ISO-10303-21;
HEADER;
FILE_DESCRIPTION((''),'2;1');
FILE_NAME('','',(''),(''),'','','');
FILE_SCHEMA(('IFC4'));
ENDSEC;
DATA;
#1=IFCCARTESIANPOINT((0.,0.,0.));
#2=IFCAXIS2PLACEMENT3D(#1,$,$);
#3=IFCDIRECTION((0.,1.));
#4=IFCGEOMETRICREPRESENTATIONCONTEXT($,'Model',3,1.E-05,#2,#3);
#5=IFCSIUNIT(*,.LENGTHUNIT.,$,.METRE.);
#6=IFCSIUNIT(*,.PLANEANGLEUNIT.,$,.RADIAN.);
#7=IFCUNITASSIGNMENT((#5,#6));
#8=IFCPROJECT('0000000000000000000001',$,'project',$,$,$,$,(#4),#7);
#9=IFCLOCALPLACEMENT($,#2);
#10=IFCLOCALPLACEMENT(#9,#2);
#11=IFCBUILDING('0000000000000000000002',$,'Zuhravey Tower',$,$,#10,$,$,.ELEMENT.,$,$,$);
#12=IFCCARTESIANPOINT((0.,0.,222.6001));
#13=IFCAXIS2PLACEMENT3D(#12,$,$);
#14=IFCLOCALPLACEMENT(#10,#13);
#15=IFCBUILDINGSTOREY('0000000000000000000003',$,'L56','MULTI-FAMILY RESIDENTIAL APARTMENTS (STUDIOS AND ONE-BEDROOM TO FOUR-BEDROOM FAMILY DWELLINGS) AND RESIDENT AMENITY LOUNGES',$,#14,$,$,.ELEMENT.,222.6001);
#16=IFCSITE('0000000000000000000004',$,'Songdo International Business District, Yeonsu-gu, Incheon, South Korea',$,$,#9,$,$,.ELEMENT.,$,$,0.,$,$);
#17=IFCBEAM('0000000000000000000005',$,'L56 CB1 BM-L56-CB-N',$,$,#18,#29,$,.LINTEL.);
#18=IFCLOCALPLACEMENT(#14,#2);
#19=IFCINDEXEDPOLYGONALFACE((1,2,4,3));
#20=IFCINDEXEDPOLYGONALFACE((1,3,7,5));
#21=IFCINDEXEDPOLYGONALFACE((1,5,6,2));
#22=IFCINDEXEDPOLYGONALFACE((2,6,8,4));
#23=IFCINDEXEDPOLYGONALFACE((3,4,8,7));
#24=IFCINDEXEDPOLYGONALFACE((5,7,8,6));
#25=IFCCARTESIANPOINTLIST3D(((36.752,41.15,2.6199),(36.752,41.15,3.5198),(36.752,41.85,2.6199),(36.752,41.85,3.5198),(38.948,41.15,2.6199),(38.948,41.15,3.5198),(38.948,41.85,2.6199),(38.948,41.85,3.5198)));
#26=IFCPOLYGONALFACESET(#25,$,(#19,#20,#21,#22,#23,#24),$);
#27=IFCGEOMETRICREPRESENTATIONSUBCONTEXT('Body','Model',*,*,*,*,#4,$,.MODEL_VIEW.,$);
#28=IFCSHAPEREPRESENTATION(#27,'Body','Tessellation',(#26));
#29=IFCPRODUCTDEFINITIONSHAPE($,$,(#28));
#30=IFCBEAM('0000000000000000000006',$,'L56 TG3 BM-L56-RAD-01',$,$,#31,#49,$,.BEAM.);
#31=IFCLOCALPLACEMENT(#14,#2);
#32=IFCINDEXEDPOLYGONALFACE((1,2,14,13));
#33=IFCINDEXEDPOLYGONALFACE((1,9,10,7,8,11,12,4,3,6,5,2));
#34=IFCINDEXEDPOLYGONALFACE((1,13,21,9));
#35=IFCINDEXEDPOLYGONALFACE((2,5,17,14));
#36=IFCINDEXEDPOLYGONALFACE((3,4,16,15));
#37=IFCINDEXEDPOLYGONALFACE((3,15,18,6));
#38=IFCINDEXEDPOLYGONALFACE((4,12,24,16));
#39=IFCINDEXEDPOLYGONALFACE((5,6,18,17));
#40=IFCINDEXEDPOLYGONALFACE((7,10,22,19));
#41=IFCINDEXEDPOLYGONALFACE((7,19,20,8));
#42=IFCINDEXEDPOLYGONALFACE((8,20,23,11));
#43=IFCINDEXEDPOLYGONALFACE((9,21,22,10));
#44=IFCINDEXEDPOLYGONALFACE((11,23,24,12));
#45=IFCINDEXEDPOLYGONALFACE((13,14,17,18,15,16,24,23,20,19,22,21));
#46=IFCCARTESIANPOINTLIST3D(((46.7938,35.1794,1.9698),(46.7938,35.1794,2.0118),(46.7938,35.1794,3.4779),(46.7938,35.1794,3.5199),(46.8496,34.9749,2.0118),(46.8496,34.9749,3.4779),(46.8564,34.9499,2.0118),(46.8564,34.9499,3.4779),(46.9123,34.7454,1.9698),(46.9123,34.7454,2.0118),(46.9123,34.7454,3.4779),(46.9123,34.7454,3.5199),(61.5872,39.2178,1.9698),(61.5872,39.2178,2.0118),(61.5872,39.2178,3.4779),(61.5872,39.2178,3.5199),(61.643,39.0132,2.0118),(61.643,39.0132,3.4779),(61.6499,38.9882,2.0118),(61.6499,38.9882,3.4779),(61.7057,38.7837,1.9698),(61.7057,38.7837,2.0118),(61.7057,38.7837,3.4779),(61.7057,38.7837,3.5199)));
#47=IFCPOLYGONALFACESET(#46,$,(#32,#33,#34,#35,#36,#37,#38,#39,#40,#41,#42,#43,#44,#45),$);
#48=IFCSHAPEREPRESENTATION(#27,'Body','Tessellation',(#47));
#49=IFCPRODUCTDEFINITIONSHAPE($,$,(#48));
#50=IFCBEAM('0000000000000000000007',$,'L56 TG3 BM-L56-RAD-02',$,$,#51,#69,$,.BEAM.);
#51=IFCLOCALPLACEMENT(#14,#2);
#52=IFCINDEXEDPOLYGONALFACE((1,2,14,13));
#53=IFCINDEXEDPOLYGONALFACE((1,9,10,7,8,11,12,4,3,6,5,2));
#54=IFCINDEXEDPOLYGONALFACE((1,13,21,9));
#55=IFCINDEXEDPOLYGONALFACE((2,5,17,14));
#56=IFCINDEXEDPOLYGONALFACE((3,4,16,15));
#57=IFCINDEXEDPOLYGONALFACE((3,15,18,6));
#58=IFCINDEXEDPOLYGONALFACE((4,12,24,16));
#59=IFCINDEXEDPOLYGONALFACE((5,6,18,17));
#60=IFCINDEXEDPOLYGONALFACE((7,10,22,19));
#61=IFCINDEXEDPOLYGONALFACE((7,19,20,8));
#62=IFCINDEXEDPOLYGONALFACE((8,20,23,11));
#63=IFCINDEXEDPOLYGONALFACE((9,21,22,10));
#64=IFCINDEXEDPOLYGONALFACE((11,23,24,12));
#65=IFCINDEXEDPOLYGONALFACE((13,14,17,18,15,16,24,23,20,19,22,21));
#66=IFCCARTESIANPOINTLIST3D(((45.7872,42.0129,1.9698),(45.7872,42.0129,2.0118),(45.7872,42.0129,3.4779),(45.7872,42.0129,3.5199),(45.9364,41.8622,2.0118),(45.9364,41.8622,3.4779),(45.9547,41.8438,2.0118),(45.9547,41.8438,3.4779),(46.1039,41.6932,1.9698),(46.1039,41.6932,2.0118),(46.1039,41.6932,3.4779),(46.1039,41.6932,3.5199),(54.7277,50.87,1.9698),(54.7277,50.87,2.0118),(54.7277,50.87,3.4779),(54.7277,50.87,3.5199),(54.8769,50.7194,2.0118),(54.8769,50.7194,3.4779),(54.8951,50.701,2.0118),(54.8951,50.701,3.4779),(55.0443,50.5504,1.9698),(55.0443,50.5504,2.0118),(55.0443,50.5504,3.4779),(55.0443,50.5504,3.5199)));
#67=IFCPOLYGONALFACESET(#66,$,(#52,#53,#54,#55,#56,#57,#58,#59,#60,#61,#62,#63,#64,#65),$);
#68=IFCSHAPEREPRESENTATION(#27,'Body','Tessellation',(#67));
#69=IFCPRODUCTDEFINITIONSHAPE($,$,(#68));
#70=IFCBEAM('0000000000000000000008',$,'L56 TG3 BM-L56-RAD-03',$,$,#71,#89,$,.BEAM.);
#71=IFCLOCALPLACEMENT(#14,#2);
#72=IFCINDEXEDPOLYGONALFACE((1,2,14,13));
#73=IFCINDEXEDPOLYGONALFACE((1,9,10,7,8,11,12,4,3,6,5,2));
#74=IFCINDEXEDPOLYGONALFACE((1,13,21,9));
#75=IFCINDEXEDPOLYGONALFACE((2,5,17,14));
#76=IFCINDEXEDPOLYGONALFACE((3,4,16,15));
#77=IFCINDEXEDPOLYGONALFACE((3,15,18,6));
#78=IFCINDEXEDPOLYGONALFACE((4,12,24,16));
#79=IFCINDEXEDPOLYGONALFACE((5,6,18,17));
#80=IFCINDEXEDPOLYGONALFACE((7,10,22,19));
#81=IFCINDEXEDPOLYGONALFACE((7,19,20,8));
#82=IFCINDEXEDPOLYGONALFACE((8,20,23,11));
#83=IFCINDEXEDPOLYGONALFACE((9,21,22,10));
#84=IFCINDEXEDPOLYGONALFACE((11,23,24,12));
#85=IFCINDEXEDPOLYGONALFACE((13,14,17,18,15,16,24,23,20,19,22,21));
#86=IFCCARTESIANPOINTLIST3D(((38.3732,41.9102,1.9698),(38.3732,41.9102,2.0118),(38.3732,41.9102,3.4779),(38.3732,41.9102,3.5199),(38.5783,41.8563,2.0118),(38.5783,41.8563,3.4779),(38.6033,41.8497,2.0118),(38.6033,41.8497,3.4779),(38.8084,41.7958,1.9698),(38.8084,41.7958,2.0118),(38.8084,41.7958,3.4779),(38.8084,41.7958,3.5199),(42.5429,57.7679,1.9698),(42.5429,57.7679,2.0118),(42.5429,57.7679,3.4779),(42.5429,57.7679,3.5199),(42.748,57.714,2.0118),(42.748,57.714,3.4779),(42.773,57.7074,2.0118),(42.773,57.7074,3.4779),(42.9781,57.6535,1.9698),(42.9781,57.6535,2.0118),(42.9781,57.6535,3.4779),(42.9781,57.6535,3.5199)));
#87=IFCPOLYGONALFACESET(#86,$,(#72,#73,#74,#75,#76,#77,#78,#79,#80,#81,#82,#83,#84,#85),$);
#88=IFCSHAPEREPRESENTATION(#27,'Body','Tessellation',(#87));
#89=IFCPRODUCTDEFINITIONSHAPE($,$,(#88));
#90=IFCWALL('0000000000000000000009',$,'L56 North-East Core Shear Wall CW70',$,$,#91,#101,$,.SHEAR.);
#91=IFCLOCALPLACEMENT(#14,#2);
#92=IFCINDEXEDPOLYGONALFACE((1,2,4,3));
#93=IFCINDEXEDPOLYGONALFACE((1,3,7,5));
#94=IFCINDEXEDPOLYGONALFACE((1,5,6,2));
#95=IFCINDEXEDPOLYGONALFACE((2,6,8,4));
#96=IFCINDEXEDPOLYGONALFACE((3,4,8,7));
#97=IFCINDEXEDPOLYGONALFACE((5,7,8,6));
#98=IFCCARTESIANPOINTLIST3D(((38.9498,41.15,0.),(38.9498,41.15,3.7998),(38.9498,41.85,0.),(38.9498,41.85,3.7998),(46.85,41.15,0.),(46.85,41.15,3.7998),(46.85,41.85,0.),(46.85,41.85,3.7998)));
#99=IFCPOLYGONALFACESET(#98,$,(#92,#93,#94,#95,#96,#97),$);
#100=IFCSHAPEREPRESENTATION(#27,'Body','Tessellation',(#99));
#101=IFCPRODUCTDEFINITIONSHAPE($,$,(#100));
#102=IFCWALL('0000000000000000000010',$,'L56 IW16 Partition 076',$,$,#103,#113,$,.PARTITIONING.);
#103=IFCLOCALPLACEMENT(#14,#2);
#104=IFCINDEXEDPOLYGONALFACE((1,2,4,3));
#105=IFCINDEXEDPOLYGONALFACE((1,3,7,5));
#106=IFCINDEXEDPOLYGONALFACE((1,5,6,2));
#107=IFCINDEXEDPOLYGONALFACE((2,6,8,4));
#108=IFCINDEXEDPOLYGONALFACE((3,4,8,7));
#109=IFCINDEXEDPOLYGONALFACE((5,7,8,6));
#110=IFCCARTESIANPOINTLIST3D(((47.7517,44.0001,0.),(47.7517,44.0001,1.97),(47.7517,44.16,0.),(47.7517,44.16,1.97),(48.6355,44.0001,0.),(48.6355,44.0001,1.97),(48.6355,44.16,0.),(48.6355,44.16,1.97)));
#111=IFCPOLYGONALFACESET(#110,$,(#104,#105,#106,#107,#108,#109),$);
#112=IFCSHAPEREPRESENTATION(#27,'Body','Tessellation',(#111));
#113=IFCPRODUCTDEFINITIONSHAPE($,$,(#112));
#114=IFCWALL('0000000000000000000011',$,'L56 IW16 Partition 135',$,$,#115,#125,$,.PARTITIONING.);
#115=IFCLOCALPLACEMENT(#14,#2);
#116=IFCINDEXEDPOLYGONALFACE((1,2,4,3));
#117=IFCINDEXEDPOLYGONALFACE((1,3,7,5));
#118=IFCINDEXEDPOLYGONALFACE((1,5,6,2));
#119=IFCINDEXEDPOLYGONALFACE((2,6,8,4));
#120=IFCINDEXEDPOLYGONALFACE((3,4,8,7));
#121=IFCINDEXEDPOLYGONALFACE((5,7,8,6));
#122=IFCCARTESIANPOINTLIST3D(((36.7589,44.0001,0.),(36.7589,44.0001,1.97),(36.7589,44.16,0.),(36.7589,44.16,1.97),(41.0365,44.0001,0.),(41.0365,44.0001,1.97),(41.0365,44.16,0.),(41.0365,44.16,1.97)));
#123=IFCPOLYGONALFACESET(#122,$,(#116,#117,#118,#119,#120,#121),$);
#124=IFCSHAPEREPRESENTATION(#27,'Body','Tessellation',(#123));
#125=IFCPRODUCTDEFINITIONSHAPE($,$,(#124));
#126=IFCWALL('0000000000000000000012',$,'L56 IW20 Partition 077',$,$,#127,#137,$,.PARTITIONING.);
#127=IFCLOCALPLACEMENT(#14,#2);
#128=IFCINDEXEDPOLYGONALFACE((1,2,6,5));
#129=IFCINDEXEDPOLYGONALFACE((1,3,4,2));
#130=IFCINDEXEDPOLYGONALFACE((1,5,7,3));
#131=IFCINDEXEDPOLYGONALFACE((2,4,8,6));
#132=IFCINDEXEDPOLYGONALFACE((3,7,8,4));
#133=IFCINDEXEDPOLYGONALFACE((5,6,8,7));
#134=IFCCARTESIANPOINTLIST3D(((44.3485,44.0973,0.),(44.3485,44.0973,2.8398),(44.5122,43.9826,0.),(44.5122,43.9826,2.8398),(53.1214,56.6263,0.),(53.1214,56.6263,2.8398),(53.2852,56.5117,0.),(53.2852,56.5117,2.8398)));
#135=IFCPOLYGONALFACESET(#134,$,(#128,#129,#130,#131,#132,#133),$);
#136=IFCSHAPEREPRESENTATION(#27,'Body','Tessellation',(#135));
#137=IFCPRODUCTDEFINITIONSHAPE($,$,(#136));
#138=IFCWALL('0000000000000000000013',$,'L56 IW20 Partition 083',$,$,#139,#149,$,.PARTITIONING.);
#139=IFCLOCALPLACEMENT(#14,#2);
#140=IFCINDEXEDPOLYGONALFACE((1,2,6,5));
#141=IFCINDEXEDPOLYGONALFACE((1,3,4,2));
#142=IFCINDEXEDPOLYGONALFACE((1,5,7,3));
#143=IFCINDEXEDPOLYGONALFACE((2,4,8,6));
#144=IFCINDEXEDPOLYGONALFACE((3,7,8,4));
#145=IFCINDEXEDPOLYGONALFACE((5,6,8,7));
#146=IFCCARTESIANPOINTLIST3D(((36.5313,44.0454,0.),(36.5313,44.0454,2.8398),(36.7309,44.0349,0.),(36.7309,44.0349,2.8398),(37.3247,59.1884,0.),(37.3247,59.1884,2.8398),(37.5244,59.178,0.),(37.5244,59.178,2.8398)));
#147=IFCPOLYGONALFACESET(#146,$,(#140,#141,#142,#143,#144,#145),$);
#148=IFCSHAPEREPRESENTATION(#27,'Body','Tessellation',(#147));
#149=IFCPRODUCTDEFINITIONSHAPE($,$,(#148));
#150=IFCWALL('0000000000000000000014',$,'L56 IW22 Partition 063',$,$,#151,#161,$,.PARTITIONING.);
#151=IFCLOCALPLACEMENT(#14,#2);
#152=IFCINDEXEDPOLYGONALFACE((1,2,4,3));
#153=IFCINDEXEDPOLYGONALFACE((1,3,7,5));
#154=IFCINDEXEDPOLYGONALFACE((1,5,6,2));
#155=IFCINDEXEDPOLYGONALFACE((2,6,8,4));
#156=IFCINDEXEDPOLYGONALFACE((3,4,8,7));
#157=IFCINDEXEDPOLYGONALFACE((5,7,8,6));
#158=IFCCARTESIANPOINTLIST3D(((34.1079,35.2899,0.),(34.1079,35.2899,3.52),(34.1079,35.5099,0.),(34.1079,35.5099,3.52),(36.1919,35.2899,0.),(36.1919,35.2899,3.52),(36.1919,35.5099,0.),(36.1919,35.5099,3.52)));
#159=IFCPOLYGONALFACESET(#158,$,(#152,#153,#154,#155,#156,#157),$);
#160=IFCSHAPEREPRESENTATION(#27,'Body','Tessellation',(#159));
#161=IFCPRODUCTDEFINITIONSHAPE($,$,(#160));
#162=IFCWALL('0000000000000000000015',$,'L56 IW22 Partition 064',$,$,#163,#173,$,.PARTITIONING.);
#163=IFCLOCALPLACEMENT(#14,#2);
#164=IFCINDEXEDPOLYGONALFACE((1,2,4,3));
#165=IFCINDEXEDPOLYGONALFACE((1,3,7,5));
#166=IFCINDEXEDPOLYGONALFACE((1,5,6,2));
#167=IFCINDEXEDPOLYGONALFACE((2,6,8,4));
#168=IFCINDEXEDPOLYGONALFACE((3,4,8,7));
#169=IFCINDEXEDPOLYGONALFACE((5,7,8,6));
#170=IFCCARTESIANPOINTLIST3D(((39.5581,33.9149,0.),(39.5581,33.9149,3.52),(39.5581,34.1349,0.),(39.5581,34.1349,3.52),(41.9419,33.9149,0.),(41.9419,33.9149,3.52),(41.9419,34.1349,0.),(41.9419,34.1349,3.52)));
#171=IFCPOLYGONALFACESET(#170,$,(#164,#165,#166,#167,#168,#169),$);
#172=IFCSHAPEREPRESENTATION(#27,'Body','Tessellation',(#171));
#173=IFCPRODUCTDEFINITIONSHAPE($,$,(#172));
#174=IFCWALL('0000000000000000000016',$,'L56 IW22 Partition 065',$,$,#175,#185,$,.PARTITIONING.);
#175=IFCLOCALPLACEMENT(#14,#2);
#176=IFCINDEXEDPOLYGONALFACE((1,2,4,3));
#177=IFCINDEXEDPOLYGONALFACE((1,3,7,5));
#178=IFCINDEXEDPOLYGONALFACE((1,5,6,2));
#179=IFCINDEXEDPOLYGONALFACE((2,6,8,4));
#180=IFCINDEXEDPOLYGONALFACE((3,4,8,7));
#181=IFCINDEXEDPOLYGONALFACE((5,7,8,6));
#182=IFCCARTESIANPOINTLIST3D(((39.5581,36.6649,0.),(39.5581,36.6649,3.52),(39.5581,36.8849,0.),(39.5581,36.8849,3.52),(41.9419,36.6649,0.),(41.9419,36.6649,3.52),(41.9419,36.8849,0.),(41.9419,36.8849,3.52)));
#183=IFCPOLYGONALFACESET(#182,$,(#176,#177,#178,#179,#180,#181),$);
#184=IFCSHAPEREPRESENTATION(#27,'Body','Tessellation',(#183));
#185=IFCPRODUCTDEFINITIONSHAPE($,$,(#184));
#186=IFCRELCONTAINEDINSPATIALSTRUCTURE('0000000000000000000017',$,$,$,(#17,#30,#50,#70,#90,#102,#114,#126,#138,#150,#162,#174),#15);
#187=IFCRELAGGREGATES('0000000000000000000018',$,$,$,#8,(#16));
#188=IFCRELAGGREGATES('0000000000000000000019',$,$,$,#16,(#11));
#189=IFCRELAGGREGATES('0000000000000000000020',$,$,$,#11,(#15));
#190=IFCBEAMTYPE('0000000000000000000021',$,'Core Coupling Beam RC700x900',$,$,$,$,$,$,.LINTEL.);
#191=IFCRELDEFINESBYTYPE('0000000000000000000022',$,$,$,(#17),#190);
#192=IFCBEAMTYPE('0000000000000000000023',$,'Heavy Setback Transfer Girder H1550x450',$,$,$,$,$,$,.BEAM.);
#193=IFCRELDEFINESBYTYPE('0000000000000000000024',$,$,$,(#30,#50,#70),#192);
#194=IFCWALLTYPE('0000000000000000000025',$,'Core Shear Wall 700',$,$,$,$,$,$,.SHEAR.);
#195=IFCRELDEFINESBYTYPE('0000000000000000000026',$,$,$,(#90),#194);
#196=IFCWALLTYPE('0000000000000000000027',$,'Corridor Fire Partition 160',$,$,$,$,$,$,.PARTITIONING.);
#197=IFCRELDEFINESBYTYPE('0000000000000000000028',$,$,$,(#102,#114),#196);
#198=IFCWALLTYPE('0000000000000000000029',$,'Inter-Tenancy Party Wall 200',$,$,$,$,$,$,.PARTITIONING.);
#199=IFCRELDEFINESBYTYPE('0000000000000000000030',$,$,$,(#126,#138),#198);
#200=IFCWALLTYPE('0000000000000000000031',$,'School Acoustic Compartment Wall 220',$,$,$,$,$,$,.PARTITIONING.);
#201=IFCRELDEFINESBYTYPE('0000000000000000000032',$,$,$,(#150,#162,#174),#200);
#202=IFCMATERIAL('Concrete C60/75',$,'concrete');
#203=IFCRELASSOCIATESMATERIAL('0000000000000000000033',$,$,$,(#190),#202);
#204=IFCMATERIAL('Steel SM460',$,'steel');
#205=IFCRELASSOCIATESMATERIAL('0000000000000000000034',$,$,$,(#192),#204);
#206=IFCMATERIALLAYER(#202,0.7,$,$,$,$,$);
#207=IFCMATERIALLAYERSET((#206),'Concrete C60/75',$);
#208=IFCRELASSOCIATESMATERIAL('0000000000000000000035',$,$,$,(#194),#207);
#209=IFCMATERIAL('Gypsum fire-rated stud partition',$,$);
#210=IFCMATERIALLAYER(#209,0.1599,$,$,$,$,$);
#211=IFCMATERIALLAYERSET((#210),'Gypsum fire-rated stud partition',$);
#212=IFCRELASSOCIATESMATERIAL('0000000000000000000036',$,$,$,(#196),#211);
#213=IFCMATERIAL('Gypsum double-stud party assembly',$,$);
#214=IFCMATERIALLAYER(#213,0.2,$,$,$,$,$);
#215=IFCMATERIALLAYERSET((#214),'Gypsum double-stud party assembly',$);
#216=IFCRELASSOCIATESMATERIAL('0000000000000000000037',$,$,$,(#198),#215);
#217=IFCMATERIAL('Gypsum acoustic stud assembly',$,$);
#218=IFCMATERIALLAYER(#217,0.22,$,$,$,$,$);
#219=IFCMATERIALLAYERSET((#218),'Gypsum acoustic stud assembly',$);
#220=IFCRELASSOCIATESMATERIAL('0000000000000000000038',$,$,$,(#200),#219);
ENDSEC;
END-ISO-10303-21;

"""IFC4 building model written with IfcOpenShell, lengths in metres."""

from ifc_helpers import new_model, si_unit, direction, frame, frame_2d, origin, origin_2d, place, context, subcontext, project, spatial, rectangle, i_section, extrude, material, layer, layer_set, material_profile, profile_set, type_object, element, save


model = new_model("IFC4")

# Units and contexts
model_context = context("Model", 3, precision=1e-05, world=origin(), true_north=direction((0.0, 1.0)))
body_context = subcontext(model_context, "Body", "Model", "MODEL_VIEW")
ifc_project = project(units=[si_unit("LENGTHUNIT", "METRE"), si_unit("PLANEANGLEUNIT", "RADIAN")], contexts=[model_context])

# Site, building, storey
site_placement = place(None, origin())
site = spatial("IfcSite", under=ifc_project, at=site_placement, Name="Songdo International Business District, Yeonsu-gu, Incheon, South Korea", CompositionType="ELEMENT", RefElevation=0.0)
building_placement = place(site_placement, origin())
building = spatial("IfcBuilding", under=site, at=building_placement, Name="Zuhravey Tower", CompositionType="ELEMENT")
storey_placement = place(building_placement, frame((0.0, 0.0, 222.6001)))
storey = spatial("IfcBuildingStorey", under=building, at=storey_placement, Name="L56", Description="MULTI-FAMILY RESIDENTIAL APARTMENTS (STUDIOS AND ONE-BEDROOM TO FOUR-BEDROOM FAMILY DWELLINGS) AND RESIDENT AMENITY LOUNGES", CompositionType="ELEMENT", Elevation=222.6001)

# Beams
ifc_material_1 = material(Name="Concrete C60/75", Category="concrete")
ifc_material_profile_1 = material_profile(ifc_material_1, rectangle(XDim=0.7, YDim=0.8999, at=origin_2d()), Name="RC-700x900")
ifc_profile_set_1 = profile_set([ifc_material_profile_1], Name="Concrete C60/75")
beam_type_1 = type_object("IfcBeamType", Name="Core Coupling Beam RC700x900", PredefinedType="LINTEL", material=ifc_profile_set_1)
beam_1_placement = place(storey_placement, frame((36.752, 41.5, 3.0698), z_axis=(1.0, 0.0, 0.0), x_axis=(0.0, 1.0, 0.0)))
element("IfcBeam", 1, at=beam_1_placement, inside=storey, type_object=beam_type_1, Name="L56 CB1 BM-L56-CB-N", PredefinedType="LINTEL", context=body_context, shape_type="SweptSolid", body=[
    extrude(rectangle(XDim=0.7, YDim=0.8999, at=origin_2d()), origin(), (0.0, 0.0, 1.0), 2.196),
])
ifc_material_2 = material(Name="Steel SM460", Category="steel")
ifc_material_profile_2 = material_profile(ifc_material_2, i_section(OverallWidth=0.45, OverallDepth=1.55, WebThickness=0.0259, FlangeThickness=0.042, at=origin_2d()), Name="H-1550x450x26x42")
ifc_profile_set_2 = profile_set([ifc_material_profile_2], Name="Steel SM460")
beam_type_2 = type_object("IfcBeamType", Name="Heavy Setback Transfer Girder H1550x450", PredefinedType="BEAM", material=ifc_profile_set_2)
beam_2_placement = place(storey_placement, frame((46.853, 34.9624, 2.7449), z_axis=(0.964702, 0.263345, 0.0), x_axis=(-0.263345, 0.964702, 0.0)))
element("IfcBeam", 2, at=beam_2_placement, inside=storey, type_object=beam_type_2, Name="L56 TG3 BM-L56-RAD-01", PredefinedType="BEAM", context=body_context, shape_type="SweptSolid", body=[
    extrude(i_section(OverallWidth=0.45, OverallDepth=1.55, WebThickness=0.0259, FlangeThickness=0.042, at=origin_2d()), origin(), (0.0, 0.0, 1.0), 15.3347),
])
beam_3_placement = place(storey_placement, frame((45.9456, 41.853, 2.7449), z_axis=(0.710407, 0.703791, 0.0), x_axis=(-0.703791, 0.710407, 0.0)))
element("IfcBeam", 3, at=beam_3_placement, inside=storey, type_object=beam_type_2, Name="L56 TG3 BM-L56-RAD-02", PredefinedType="BEAM", context=body_context, shape_type="SweptSolid", body=[
    extrude(i_section(OverallWidth=0.45, OverallDepth=1.55, WebThickness=0.0259, FlangeThickness=0.042, at=origin_2d()), origin(), (0.0, 0.0, 1.0), 12.585),
])
beam_4_placement = place(storey_placement, frame((38.5908, 41.853, 2.7449), z_axis=(0.2543, 0.967125, 0.0), x_axis=(-0.967125, 0.2543, 0.0)))
element("IfcBeam", 4, at=beam_4_placement, inside=storey, type_object=beam_type_2, Name="L56 TG3 BM-L56-RAD-03", PredefinedType="BEAM", context=body_context, shape_type="SweptSolid", body=[
    extrude(i_section(OverallWidth=0.45, OverallDepth=1.55, WebThickness=0.0259, FlangeThickness=0.042, at=origin_2d()), origin(), (0.0, 0.0, 1.0), 16.3967),
])

# Wall
ifc_layer_1 = layer(ifc_material_1, 0.7)
ifc_layer_set_1 = layer_set([ifc_layer_1], Name="Concrete C60/75")
wall_type_1 = type_object("IfcWallType", Name="Core Shear Wall 700", PredefinedType="SHEAR", material=ifc_layer_set_1)
wall_1_placement = place(storey_placement, frame((46.8501, 41.5, 0.0), z_axis=(0.0, 0.0, 1.0), x_axis=(-1.0, 0.0, 0.0)))
element("IfcWall", 5, at=wall_1_placement, inside=storey, type_object=wall_type_1, Name="L56 North-East Core Shear Wall CW70", PredefinedType="SHEAR", context=body_context, shape_type="SweptSolid", body=[
    extrude(rectangle(XDim=7.9001, YDim=0.7, at=frame_2d((3.9502, 0.0))), origin(), (0.0, 0.0, 1.0), 3.7998),
])

# Shared definitions
ifc_material_3 = material(Name="Gypsum fire-rated stud partition")
ifc_layer_2 = layer(ifc_material_3, 0.1599)
ifc_layer_set_2 = layer_set([ifc_layer_2], Name="Gypsum fire-rated stud partition")
wall_type_2 = type_object("IfcWallType", Name="Corridor Fire Partition 160", PredefinedType="PARTITIONING", material=ifc_layer_set_2)

# Walls
wall_2_placement = place(storey_placement, frame((48.6355, 44.0801, 0.0), z_axis=(0.0, 0.0, 1.0), x_axis=(-1.0, 0.0, 0.0)))
element("IfcWall", 6, at=wall_2_placement, inside=storey, type_object=wall_type_2, Name="L56 IW16 Partition 076", PredefinedType="PARTITIONING", context=body_context, shape_type="SweptSolid", body=[
    extrude(rectangle(XDim=0.8838, YDim=0.1599, at=frame_2d((0.4419, 0.0))), origin(), (0.0, 0.0, 1.0), 1.97),
])
wall_3_placement = place(storey_placement, frame((41.0364, 44.0801, 0.0), z_axis=(0.0, 0.0, 1.0), x_axis=(-1.0, 0.0, 0.0)))
element("IfcWall", 7, at=wall_3_placement, inside=storey, type_object=wall_type_2, Name="L56 IW16 Partition 135", PredefinedType="PARTITIONING", context=body_context, shape_type="SweptSolid", body=[
    extrude(rectangle(XDim=4.2776, YDim=0.1599, at=frame_2d((2.1387, 0.0))), origin(), (0.0, 0.0, 1.0), 1.97),
])

# Walls
ifc_material_4 = material(Name="Gypsum double-stud party assembly")
ifc_layer_3 = layer(ifc_material_4, 0.2)
ifc_layer_set_3 = layer_set([ifc_layer_3], Name="Gypsum double-stud party assembly")
wall_type_3 = type_object("IfcWallType", Name="Inter-Tenancy Party Wall 200", PredefinedType="PARTITIONING", material=ifc_layer_set_3)
wall_4_placement = place(storey_placement, frame((44.4304, 44.04, 0.0), z_axis=(0.0, 0.0, 1.0), x_axis=(0.573577, 0.819152, 0.0)))
element("IfcWall", 8, at=wall_4_placement, inside=storey, type_object=wall_type_3, Name="L56 IW20 Partition 077", PredefinedType="PARTITIONING", context=body_context, shape_type="SweptSolid", body=[
    extrude(rectangle(XDim=15.2952, YDim=0.2, at=frame_2d((7.6475, 0.0))), origin(), (0.0, 0.0, 1.0), 2.8398),
])
wall_5_placement = place(storey_placement, frame((36.6311, 44.04, 0.0), z_axis=(0.0, 0.0, 1.0), x_axis=(0.052326, 0.99863, 0.0)))
element("IfcWall", 9, at=wall_5_placement, inside=storey, type_object=wall_type_3, Name="L56 IW20 Partition 083", PredefinedType="PARTITIONING", context=body_context, shape_type="SweptSolid", body=[
    extrude(rectangle(XDim=15.1638, YDim=0.2, at=frame_2d((7.582, 0.0))), origin(), (0.0, 0.0, 1.0), 2.8398),
])
ifc_material_5 = material(Name="Gypsum acoustic stud assembly")
ifc_layer_4 = layer(ifc_material_5, 0.22)
ifc_layer_set_4 = layer_set([ifc_layer_4], Name="Gypsum acoustic stud assembly")
wall_type_4 = type_object("IfcWallType", Name="School Acoustic Compartment Wall 220", PredefinedType="PARTITIONING", material=ifc_layer_set_4)
wall_6_placement = place(storey_placement, frame((34.1079, 35.3999, 0.0), z_axis=(0.0, 0.0, 1.0), x_axis=(1.0, 0.0, 0.0)))
element("IfcWall", 10, at=wall_6_placement, inside=storey, type_object=wall_type_4, Name="L56 IW22 Partition 063", PredefinedType="PARTITIONING", context=body_context, shape_type="SweptSolid", body=[
    extrude(rectangle(XDim=2.084, YDim=0.22, at=frame_2d((1.042, 0.0))), origin(), (0.0, 0.0, 1.0), 3.52),
])
for number, where, z_axis, x_axis, name in (
    (11, (39.5581, 34.0249, 0.0), (0.0, 0.0, 1.0), (1.0, 0.0, 0.0), "L56 IW22 Partition 064"),
    (12, (39.5581, 36.7749, 0.0), (0.0, 0.0, 1.0), (1.0, 0.0, 0.0), "L56 IW22 Partition 065"),
):
    element("IfcWall", number, at=place(storey_placement, frame(where, z_axis=z_axis, x_axis=x_axis)), inside=storey, type_object=wall_type_4, Name=name, PredefinedType="PARTITIONING", context=body_context, shape_type="SweptSolid", body=[
        extrude(rectangle(XDim=2.3838, YDim=0.22, at=frame_2d((1.1919, 0.0))), origin(), (0.0, 0.0, 1.0), 3.52),
    ])

save(model, "model.ifc")
